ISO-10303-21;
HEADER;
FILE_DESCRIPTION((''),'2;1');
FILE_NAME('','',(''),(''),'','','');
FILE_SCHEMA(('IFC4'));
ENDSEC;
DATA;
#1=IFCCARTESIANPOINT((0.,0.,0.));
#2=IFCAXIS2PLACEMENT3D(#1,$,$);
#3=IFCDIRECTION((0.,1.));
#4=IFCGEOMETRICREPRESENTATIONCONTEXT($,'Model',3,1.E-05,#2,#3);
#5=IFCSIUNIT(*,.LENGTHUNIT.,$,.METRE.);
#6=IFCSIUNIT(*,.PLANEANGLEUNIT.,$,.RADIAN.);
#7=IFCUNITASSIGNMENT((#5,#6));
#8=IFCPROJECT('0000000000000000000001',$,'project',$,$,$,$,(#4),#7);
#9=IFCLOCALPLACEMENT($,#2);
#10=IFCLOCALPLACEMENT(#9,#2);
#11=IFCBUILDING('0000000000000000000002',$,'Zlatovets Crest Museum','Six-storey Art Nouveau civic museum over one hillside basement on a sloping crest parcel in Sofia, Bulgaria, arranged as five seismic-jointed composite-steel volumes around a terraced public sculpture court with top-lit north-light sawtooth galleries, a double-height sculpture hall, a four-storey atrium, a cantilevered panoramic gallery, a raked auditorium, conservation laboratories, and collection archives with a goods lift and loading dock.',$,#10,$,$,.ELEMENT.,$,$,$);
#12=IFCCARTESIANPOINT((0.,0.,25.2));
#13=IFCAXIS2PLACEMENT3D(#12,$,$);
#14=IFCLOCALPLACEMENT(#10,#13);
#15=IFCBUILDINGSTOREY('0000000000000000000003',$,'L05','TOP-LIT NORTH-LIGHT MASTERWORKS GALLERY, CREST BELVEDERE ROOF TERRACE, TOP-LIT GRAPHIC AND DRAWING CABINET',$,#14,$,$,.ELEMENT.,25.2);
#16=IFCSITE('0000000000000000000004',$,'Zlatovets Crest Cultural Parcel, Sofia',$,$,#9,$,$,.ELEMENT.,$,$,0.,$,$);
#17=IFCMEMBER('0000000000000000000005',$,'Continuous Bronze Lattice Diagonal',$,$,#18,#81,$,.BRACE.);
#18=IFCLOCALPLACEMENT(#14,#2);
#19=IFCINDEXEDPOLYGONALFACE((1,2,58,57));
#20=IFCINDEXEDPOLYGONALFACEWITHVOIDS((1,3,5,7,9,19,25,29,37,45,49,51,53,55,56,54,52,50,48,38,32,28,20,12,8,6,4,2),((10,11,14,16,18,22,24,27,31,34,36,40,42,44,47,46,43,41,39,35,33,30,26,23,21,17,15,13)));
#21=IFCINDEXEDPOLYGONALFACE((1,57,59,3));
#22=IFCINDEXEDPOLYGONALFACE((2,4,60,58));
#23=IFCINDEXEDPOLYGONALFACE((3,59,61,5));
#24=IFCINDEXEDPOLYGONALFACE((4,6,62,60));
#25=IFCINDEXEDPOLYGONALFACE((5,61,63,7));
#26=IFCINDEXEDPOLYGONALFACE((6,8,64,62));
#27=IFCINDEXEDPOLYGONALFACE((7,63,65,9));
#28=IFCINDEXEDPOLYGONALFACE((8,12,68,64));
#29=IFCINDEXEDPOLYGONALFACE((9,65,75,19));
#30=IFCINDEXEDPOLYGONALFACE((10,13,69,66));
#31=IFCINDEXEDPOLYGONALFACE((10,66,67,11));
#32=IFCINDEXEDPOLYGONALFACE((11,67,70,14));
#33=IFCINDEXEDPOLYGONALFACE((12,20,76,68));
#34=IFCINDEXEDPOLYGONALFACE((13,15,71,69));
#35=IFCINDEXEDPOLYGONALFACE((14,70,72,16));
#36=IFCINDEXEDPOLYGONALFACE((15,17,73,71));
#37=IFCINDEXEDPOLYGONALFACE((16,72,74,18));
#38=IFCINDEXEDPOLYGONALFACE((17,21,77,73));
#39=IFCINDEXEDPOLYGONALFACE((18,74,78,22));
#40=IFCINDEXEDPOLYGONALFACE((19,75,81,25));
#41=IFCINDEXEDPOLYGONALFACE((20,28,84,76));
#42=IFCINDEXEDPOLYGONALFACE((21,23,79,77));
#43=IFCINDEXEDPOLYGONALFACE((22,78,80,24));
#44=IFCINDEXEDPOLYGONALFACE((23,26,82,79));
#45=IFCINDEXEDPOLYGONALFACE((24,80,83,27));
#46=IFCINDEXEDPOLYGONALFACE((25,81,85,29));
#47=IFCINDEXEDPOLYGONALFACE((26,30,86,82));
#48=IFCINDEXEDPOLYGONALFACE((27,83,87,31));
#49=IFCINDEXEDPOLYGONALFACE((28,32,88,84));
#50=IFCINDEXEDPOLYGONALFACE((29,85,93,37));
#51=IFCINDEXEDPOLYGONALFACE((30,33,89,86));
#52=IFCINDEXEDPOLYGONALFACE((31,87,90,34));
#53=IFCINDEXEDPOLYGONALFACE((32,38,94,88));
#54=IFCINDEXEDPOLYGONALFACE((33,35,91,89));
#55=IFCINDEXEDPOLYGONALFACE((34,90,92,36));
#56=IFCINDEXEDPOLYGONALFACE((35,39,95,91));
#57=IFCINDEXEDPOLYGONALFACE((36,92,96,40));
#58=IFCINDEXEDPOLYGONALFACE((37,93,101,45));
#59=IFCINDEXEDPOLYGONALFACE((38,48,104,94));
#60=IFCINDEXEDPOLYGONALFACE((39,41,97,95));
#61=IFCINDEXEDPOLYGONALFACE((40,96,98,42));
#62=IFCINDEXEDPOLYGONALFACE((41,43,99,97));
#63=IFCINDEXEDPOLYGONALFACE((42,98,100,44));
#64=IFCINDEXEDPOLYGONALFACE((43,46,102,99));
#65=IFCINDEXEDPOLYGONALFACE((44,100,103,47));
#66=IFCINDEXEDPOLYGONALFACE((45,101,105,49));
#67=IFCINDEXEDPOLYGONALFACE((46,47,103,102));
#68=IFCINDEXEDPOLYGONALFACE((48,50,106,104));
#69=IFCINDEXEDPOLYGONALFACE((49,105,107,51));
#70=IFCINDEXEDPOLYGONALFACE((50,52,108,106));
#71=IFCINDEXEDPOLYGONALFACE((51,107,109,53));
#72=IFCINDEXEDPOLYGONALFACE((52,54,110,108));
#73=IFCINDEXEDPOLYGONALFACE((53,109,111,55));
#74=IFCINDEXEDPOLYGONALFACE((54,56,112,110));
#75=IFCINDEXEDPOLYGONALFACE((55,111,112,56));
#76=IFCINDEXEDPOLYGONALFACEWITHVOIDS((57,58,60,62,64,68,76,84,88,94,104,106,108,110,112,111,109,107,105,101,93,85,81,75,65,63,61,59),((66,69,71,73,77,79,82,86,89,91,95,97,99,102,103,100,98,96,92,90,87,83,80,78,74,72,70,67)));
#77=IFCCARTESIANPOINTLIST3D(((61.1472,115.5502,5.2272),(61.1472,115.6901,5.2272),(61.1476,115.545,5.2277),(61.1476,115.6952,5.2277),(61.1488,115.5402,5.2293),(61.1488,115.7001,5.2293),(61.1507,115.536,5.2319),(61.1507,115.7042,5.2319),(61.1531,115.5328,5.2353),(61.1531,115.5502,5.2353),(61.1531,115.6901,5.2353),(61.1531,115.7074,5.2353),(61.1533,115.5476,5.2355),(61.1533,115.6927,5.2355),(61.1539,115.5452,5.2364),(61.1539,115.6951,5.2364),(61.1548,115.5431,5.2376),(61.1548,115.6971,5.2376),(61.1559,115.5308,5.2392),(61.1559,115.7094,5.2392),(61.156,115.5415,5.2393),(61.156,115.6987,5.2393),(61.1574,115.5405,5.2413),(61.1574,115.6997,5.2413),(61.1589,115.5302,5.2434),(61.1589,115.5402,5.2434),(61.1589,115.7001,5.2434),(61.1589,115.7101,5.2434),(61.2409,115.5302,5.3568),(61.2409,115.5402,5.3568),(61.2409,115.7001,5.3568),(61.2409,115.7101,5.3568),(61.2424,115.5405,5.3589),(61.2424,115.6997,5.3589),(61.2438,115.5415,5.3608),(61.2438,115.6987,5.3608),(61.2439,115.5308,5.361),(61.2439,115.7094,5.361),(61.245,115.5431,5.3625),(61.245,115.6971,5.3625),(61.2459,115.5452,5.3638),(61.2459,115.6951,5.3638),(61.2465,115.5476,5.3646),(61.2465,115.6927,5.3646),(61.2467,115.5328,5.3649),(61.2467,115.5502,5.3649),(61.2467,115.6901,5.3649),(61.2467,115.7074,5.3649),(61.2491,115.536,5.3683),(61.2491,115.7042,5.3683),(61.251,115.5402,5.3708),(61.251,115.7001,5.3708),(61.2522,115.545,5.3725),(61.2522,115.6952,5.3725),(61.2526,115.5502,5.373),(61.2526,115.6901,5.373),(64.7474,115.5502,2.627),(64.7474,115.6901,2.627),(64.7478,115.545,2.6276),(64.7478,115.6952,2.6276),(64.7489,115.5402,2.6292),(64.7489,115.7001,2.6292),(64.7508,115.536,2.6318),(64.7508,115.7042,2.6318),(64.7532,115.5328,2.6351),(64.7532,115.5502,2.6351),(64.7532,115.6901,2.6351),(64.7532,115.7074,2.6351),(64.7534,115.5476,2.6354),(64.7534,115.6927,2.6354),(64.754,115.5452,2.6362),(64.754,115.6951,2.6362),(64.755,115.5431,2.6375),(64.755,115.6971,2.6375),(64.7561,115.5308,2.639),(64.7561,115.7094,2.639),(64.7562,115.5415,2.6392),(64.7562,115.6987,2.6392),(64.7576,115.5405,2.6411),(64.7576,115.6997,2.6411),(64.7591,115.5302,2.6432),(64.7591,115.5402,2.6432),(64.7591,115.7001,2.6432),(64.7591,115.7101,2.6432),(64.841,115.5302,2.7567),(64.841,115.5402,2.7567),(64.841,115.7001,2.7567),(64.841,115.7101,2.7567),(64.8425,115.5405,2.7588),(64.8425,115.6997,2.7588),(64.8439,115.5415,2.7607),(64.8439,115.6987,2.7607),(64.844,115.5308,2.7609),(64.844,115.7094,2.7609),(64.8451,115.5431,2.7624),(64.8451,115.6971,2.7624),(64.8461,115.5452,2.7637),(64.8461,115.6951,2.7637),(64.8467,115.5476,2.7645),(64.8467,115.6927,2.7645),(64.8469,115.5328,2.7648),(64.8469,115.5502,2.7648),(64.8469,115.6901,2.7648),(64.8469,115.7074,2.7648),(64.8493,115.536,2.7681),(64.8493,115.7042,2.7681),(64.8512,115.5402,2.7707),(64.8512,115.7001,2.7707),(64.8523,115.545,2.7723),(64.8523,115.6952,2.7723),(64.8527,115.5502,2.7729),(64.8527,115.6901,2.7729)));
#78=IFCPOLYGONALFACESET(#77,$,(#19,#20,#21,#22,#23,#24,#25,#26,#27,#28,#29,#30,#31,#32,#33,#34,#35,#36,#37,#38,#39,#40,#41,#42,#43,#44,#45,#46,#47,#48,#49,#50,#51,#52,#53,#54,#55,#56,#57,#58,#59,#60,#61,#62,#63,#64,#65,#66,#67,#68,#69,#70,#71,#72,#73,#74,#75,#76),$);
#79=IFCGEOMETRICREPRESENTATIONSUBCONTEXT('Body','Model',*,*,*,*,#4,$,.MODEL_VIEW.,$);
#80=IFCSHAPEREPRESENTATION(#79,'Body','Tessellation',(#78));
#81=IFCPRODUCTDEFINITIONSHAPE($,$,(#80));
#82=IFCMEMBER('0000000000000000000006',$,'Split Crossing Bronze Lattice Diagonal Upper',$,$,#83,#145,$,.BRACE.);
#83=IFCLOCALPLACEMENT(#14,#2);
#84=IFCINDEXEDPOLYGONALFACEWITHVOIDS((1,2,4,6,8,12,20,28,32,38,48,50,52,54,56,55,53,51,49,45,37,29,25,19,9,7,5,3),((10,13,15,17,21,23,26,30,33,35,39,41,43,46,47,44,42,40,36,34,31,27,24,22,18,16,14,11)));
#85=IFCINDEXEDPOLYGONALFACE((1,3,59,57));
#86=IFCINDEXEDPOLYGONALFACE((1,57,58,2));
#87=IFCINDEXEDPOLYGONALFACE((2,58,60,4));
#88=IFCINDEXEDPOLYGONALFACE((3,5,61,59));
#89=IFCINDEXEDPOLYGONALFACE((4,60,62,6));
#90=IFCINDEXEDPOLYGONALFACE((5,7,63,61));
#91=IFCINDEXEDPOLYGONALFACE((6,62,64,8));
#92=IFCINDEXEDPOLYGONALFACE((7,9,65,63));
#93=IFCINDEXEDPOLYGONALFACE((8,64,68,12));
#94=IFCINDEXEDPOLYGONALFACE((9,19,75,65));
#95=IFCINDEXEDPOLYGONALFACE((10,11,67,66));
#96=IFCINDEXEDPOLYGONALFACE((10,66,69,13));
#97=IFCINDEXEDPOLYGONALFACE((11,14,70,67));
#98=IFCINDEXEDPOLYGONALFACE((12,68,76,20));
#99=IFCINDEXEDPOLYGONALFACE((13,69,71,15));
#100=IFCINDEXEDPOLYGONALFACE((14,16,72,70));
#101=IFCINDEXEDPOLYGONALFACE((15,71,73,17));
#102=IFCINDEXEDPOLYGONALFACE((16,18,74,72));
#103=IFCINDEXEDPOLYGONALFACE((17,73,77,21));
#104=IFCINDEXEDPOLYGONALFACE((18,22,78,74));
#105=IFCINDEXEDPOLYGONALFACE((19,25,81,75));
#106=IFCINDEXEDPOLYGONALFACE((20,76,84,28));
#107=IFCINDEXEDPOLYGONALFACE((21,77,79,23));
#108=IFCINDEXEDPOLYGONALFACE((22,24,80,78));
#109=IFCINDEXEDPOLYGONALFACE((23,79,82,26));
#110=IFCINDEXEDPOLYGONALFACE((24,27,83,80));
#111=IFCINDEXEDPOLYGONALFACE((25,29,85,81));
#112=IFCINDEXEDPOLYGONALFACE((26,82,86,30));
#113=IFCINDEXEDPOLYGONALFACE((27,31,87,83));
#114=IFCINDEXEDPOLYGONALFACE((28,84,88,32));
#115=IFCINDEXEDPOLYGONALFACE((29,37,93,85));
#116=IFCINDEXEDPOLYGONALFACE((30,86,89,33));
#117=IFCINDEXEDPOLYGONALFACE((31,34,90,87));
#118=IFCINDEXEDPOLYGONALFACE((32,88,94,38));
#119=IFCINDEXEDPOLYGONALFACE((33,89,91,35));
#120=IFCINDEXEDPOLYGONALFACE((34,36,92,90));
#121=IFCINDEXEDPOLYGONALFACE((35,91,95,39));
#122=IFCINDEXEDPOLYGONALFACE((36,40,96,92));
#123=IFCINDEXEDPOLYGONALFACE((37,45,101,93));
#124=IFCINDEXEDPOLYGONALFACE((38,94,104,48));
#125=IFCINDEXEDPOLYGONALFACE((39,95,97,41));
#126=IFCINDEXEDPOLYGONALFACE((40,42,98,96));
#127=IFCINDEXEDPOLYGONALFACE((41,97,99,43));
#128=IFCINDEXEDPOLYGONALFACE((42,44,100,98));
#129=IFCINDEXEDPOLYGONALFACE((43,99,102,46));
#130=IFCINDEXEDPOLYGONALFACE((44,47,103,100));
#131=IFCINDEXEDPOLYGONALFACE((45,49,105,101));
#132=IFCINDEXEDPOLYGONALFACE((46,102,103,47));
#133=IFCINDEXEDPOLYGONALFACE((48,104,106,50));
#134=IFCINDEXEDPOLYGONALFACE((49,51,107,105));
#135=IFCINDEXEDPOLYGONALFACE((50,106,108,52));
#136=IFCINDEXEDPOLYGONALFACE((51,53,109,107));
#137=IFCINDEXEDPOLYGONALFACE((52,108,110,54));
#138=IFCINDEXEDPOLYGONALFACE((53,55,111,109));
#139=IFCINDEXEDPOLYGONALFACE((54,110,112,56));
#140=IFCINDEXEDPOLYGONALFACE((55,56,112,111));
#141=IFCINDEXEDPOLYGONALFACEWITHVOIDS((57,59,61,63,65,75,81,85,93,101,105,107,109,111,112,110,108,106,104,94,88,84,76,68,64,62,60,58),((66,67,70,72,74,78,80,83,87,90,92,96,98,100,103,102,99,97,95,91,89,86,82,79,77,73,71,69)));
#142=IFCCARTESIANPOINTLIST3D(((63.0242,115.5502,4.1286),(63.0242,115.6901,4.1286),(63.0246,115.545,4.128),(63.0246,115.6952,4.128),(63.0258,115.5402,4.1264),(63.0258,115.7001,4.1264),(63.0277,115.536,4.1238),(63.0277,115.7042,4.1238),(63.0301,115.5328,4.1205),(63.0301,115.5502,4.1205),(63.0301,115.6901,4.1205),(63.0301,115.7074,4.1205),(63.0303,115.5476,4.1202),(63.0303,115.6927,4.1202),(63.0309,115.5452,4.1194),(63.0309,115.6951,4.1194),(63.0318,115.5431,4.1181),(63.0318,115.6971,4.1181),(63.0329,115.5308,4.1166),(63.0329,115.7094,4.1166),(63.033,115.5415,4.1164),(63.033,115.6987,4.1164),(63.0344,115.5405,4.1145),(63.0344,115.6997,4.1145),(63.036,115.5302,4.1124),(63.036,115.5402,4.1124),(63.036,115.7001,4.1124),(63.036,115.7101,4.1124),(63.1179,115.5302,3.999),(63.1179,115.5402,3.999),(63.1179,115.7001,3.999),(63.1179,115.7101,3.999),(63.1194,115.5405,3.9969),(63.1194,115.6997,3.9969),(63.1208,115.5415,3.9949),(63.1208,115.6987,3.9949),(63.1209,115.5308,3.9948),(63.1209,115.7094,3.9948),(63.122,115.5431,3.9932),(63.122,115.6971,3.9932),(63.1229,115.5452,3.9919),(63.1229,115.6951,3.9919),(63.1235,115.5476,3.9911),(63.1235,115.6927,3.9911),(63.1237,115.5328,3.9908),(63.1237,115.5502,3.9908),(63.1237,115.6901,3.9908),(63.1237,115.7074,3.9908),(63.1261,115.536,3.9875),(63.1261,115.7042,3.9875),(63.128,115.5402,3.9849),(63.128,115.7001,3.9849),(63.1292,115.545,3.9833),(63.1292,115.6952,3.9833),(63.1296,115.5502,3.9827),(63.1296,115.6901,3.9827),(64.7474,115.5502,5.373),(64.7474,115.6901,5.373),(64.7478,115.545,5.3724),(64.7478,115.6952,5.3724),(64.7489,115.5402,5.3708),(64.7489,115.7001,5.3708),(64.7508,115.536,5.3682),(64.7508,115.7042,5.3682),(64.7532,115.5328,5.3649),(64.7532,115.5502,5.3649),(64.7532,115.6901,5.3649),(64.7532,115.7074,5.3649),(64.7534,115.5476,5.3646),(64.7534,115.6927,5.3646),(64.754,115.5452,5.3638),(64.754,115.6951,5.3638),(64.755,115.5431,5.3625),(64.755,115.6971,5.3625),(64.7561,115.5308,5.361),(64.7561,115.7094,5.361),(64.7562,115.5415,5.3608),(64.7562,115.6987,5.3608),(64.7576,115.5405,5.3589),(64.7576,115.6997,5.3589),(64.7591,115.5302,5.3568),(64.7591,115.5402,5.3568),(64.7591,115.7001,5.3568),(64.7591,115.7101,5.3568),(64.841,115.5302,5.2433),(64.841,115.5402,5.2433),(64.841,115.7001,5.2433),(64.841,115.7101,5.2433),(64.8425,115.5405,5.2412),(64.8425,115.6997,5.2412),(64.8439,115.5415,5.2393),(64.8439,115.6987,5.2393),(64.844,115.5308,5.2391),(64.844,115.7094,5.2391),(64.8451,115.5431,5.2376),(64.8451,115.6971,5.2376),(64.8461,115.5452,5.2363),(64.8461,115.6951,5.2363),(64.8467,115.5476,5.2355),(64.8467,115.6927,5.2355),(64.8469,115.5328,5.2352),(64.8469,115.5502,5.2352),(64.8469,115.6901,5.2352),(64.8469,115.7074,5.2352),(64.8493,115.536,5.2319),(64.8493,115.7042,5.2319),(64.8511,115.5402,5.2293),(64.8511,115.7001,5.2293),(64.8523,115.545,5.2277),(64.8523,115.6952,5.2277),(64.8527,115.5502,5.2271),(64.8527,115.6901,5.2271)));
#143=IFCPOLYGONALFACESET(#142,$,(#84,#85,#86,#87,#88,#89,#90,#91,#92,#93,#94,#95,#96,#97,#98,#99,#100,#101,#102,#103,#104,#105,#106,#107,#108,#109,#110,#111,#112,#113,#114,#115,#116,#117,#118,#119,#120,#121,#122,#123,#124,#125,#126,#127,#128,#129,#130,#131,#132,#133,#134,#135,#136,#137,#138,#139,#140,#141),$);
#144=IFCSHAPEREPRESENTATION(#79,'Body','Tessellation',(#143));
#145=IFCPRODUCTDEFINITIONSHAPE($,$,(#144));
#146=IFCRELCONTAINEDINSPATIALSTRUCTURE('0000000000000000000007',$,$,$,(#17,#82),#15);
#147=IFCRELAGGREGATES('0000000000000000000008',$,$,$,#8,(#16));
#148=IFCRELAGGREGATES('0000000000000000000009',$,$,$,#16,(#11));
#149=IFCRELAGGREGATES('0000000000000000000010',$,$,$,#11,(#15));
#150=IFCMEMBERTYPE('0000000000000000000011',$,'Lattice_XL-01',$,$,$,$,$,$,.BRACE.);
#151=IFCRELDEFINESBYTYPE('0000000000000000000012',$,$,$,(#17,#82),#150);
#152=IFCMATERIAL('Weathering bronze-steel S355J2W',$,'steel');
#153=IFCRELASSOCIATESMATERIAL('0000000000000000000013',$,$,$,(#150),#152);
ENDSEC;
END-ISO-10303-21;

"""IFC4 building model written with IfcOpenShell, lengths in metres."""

from ifc_helpers import new_model, si_unit, direction, frame, origin, origin_2d, place, context, subcontext, project, spatial, hollow_rectangle, extrude, material, material_profile, profile_set, type_object, element, save


model = new_model("IFC4")

# Units and contexts
model_context = context("Model", 3, precision=1e-05, world=origin(), true_north=direction((0.0, 1.0)))
body_context = subcontext(model_context, "Body", "Model", "MODEL_VIEW")
ifc_project = project(units=[si_unit("LENGTHUNIT", "METRE"), si_unit("PLANEANGLEUNIT", "RADIAN")], contexts=[model_context])

# Site, building, storey
site_placement = place(None, origin())
site = spatial("IfcSite", under=ifc_project, at=site_placement, Name="Zlatovets Crest Cultural Parcel, Sofia", CompositionType="ELEMENT", RefElevation=0.0)
building_placement = place(site_placement, origin())
building = spatial("IfcBuilding", under=site, at=building_placement, Name="Zlatovets Crest Museum", Description="Six-storey Art Nouveau civic museum over one hillside basement on a sloping crest parcel in Sofia, Bulgaria, arranged as five seismic-jointed composite-steel volumes around a terraced public sculpture court with top-lit north-light sawtooth galleries, a double-height sculpture hall, a four-storey atrium, a cantilevered panoramic gallery, a raked auditorium, conservation laboratories, and collection archives with a goods lift and loading dock.", CompositionType="ELEMENT")
storey_placement = place(building_placement, frame((0.0, 0.0, 25.2)))
storey = spatial("IfcBuildingStorey", under=building, at=storey_placement, Name="L05", Description="TOP-LIT NORTH-LIGHT MASTERWORKS GALLERY, CREST BELVEDERE ROOF TERRACE, TOP-LIT GRAPHIC AND DRAWING CABINET", CompositionType="ELEMENT", Elevation=25.2)

# Members
ifc_material_1 = material(Name="Weathering bronze-steel S355J2W", Category="steel")
ifc_material_profile_1 = material_profile(ifc_material_1, hollow_rectangle(XDim=0.1799, YDim=0.1799, WallThickness=0.01, InnerFilletRadius=0.01, OuterFilletRadius=0.02, at=origin_2d()), Name="SHS 180x180x10.0")
ifc_profile_set_1 = profile_set([ifc_material_profile_1], Name="Weathering bronze-steel S355J2W")
member_type_1 = type_object("IfcMemberType", Name="Lattice_XL-01", PredefinedType="BRACE", material=ifc_profile_set_1)
member_1_placement = place(storey_placement, frame((64.8, 115.6201, 2.7), z_axis=(-0.810676, 0.0, 0.585495), x_axis=(0.0, -1.0, 0.0)))
element("IfcMember", 1, at=member_1_placement, inside=storey, type_object=member_type_1, Name="Continuous Bronze Lattice Diagonal", PredefinedType="BRACE", context=body_context, shape_type="SweptSolid", body=[
    extrude(hollow_rectangle(XDim=0.1799, YDim=0.1799, WallThickness=0.01, InnerFilletRadius=0.01, OuterFilletRadius=0.02, at=origin_2d()), origin(), (0.0, 0.0, 1.0), 4.4409),
])
for number, where, z_axis, x_axis, name in (
    (2, (64.8, 115.6201, 5.3), (-0.810703, 0.0, -0.585457), (0.0, -1.0, 0.0), "Split Crossing Bronze Lattice Diagonal Upper"),
):
    element("IfcMember", number, at=place(storey_placement, frame(where, z_axis=z_axis, x_axis=x_axis)), inside=storey, type_object=member_type_1, Name=name, PredefinedType="BRACE", context=body_context, shape_type="SweptSolid", body=[
        extrude(hollow_rectangle(XDim=0.1799, YDim=0.1799, WallThickness=0.01, InnerFilletRadius=0.01, OuterFilletRadius=0.02, at=origin_2d()), origin(), (0.0, 0.0, 1.0), 2.1255),
    ])

save(model, "model.ifc")
